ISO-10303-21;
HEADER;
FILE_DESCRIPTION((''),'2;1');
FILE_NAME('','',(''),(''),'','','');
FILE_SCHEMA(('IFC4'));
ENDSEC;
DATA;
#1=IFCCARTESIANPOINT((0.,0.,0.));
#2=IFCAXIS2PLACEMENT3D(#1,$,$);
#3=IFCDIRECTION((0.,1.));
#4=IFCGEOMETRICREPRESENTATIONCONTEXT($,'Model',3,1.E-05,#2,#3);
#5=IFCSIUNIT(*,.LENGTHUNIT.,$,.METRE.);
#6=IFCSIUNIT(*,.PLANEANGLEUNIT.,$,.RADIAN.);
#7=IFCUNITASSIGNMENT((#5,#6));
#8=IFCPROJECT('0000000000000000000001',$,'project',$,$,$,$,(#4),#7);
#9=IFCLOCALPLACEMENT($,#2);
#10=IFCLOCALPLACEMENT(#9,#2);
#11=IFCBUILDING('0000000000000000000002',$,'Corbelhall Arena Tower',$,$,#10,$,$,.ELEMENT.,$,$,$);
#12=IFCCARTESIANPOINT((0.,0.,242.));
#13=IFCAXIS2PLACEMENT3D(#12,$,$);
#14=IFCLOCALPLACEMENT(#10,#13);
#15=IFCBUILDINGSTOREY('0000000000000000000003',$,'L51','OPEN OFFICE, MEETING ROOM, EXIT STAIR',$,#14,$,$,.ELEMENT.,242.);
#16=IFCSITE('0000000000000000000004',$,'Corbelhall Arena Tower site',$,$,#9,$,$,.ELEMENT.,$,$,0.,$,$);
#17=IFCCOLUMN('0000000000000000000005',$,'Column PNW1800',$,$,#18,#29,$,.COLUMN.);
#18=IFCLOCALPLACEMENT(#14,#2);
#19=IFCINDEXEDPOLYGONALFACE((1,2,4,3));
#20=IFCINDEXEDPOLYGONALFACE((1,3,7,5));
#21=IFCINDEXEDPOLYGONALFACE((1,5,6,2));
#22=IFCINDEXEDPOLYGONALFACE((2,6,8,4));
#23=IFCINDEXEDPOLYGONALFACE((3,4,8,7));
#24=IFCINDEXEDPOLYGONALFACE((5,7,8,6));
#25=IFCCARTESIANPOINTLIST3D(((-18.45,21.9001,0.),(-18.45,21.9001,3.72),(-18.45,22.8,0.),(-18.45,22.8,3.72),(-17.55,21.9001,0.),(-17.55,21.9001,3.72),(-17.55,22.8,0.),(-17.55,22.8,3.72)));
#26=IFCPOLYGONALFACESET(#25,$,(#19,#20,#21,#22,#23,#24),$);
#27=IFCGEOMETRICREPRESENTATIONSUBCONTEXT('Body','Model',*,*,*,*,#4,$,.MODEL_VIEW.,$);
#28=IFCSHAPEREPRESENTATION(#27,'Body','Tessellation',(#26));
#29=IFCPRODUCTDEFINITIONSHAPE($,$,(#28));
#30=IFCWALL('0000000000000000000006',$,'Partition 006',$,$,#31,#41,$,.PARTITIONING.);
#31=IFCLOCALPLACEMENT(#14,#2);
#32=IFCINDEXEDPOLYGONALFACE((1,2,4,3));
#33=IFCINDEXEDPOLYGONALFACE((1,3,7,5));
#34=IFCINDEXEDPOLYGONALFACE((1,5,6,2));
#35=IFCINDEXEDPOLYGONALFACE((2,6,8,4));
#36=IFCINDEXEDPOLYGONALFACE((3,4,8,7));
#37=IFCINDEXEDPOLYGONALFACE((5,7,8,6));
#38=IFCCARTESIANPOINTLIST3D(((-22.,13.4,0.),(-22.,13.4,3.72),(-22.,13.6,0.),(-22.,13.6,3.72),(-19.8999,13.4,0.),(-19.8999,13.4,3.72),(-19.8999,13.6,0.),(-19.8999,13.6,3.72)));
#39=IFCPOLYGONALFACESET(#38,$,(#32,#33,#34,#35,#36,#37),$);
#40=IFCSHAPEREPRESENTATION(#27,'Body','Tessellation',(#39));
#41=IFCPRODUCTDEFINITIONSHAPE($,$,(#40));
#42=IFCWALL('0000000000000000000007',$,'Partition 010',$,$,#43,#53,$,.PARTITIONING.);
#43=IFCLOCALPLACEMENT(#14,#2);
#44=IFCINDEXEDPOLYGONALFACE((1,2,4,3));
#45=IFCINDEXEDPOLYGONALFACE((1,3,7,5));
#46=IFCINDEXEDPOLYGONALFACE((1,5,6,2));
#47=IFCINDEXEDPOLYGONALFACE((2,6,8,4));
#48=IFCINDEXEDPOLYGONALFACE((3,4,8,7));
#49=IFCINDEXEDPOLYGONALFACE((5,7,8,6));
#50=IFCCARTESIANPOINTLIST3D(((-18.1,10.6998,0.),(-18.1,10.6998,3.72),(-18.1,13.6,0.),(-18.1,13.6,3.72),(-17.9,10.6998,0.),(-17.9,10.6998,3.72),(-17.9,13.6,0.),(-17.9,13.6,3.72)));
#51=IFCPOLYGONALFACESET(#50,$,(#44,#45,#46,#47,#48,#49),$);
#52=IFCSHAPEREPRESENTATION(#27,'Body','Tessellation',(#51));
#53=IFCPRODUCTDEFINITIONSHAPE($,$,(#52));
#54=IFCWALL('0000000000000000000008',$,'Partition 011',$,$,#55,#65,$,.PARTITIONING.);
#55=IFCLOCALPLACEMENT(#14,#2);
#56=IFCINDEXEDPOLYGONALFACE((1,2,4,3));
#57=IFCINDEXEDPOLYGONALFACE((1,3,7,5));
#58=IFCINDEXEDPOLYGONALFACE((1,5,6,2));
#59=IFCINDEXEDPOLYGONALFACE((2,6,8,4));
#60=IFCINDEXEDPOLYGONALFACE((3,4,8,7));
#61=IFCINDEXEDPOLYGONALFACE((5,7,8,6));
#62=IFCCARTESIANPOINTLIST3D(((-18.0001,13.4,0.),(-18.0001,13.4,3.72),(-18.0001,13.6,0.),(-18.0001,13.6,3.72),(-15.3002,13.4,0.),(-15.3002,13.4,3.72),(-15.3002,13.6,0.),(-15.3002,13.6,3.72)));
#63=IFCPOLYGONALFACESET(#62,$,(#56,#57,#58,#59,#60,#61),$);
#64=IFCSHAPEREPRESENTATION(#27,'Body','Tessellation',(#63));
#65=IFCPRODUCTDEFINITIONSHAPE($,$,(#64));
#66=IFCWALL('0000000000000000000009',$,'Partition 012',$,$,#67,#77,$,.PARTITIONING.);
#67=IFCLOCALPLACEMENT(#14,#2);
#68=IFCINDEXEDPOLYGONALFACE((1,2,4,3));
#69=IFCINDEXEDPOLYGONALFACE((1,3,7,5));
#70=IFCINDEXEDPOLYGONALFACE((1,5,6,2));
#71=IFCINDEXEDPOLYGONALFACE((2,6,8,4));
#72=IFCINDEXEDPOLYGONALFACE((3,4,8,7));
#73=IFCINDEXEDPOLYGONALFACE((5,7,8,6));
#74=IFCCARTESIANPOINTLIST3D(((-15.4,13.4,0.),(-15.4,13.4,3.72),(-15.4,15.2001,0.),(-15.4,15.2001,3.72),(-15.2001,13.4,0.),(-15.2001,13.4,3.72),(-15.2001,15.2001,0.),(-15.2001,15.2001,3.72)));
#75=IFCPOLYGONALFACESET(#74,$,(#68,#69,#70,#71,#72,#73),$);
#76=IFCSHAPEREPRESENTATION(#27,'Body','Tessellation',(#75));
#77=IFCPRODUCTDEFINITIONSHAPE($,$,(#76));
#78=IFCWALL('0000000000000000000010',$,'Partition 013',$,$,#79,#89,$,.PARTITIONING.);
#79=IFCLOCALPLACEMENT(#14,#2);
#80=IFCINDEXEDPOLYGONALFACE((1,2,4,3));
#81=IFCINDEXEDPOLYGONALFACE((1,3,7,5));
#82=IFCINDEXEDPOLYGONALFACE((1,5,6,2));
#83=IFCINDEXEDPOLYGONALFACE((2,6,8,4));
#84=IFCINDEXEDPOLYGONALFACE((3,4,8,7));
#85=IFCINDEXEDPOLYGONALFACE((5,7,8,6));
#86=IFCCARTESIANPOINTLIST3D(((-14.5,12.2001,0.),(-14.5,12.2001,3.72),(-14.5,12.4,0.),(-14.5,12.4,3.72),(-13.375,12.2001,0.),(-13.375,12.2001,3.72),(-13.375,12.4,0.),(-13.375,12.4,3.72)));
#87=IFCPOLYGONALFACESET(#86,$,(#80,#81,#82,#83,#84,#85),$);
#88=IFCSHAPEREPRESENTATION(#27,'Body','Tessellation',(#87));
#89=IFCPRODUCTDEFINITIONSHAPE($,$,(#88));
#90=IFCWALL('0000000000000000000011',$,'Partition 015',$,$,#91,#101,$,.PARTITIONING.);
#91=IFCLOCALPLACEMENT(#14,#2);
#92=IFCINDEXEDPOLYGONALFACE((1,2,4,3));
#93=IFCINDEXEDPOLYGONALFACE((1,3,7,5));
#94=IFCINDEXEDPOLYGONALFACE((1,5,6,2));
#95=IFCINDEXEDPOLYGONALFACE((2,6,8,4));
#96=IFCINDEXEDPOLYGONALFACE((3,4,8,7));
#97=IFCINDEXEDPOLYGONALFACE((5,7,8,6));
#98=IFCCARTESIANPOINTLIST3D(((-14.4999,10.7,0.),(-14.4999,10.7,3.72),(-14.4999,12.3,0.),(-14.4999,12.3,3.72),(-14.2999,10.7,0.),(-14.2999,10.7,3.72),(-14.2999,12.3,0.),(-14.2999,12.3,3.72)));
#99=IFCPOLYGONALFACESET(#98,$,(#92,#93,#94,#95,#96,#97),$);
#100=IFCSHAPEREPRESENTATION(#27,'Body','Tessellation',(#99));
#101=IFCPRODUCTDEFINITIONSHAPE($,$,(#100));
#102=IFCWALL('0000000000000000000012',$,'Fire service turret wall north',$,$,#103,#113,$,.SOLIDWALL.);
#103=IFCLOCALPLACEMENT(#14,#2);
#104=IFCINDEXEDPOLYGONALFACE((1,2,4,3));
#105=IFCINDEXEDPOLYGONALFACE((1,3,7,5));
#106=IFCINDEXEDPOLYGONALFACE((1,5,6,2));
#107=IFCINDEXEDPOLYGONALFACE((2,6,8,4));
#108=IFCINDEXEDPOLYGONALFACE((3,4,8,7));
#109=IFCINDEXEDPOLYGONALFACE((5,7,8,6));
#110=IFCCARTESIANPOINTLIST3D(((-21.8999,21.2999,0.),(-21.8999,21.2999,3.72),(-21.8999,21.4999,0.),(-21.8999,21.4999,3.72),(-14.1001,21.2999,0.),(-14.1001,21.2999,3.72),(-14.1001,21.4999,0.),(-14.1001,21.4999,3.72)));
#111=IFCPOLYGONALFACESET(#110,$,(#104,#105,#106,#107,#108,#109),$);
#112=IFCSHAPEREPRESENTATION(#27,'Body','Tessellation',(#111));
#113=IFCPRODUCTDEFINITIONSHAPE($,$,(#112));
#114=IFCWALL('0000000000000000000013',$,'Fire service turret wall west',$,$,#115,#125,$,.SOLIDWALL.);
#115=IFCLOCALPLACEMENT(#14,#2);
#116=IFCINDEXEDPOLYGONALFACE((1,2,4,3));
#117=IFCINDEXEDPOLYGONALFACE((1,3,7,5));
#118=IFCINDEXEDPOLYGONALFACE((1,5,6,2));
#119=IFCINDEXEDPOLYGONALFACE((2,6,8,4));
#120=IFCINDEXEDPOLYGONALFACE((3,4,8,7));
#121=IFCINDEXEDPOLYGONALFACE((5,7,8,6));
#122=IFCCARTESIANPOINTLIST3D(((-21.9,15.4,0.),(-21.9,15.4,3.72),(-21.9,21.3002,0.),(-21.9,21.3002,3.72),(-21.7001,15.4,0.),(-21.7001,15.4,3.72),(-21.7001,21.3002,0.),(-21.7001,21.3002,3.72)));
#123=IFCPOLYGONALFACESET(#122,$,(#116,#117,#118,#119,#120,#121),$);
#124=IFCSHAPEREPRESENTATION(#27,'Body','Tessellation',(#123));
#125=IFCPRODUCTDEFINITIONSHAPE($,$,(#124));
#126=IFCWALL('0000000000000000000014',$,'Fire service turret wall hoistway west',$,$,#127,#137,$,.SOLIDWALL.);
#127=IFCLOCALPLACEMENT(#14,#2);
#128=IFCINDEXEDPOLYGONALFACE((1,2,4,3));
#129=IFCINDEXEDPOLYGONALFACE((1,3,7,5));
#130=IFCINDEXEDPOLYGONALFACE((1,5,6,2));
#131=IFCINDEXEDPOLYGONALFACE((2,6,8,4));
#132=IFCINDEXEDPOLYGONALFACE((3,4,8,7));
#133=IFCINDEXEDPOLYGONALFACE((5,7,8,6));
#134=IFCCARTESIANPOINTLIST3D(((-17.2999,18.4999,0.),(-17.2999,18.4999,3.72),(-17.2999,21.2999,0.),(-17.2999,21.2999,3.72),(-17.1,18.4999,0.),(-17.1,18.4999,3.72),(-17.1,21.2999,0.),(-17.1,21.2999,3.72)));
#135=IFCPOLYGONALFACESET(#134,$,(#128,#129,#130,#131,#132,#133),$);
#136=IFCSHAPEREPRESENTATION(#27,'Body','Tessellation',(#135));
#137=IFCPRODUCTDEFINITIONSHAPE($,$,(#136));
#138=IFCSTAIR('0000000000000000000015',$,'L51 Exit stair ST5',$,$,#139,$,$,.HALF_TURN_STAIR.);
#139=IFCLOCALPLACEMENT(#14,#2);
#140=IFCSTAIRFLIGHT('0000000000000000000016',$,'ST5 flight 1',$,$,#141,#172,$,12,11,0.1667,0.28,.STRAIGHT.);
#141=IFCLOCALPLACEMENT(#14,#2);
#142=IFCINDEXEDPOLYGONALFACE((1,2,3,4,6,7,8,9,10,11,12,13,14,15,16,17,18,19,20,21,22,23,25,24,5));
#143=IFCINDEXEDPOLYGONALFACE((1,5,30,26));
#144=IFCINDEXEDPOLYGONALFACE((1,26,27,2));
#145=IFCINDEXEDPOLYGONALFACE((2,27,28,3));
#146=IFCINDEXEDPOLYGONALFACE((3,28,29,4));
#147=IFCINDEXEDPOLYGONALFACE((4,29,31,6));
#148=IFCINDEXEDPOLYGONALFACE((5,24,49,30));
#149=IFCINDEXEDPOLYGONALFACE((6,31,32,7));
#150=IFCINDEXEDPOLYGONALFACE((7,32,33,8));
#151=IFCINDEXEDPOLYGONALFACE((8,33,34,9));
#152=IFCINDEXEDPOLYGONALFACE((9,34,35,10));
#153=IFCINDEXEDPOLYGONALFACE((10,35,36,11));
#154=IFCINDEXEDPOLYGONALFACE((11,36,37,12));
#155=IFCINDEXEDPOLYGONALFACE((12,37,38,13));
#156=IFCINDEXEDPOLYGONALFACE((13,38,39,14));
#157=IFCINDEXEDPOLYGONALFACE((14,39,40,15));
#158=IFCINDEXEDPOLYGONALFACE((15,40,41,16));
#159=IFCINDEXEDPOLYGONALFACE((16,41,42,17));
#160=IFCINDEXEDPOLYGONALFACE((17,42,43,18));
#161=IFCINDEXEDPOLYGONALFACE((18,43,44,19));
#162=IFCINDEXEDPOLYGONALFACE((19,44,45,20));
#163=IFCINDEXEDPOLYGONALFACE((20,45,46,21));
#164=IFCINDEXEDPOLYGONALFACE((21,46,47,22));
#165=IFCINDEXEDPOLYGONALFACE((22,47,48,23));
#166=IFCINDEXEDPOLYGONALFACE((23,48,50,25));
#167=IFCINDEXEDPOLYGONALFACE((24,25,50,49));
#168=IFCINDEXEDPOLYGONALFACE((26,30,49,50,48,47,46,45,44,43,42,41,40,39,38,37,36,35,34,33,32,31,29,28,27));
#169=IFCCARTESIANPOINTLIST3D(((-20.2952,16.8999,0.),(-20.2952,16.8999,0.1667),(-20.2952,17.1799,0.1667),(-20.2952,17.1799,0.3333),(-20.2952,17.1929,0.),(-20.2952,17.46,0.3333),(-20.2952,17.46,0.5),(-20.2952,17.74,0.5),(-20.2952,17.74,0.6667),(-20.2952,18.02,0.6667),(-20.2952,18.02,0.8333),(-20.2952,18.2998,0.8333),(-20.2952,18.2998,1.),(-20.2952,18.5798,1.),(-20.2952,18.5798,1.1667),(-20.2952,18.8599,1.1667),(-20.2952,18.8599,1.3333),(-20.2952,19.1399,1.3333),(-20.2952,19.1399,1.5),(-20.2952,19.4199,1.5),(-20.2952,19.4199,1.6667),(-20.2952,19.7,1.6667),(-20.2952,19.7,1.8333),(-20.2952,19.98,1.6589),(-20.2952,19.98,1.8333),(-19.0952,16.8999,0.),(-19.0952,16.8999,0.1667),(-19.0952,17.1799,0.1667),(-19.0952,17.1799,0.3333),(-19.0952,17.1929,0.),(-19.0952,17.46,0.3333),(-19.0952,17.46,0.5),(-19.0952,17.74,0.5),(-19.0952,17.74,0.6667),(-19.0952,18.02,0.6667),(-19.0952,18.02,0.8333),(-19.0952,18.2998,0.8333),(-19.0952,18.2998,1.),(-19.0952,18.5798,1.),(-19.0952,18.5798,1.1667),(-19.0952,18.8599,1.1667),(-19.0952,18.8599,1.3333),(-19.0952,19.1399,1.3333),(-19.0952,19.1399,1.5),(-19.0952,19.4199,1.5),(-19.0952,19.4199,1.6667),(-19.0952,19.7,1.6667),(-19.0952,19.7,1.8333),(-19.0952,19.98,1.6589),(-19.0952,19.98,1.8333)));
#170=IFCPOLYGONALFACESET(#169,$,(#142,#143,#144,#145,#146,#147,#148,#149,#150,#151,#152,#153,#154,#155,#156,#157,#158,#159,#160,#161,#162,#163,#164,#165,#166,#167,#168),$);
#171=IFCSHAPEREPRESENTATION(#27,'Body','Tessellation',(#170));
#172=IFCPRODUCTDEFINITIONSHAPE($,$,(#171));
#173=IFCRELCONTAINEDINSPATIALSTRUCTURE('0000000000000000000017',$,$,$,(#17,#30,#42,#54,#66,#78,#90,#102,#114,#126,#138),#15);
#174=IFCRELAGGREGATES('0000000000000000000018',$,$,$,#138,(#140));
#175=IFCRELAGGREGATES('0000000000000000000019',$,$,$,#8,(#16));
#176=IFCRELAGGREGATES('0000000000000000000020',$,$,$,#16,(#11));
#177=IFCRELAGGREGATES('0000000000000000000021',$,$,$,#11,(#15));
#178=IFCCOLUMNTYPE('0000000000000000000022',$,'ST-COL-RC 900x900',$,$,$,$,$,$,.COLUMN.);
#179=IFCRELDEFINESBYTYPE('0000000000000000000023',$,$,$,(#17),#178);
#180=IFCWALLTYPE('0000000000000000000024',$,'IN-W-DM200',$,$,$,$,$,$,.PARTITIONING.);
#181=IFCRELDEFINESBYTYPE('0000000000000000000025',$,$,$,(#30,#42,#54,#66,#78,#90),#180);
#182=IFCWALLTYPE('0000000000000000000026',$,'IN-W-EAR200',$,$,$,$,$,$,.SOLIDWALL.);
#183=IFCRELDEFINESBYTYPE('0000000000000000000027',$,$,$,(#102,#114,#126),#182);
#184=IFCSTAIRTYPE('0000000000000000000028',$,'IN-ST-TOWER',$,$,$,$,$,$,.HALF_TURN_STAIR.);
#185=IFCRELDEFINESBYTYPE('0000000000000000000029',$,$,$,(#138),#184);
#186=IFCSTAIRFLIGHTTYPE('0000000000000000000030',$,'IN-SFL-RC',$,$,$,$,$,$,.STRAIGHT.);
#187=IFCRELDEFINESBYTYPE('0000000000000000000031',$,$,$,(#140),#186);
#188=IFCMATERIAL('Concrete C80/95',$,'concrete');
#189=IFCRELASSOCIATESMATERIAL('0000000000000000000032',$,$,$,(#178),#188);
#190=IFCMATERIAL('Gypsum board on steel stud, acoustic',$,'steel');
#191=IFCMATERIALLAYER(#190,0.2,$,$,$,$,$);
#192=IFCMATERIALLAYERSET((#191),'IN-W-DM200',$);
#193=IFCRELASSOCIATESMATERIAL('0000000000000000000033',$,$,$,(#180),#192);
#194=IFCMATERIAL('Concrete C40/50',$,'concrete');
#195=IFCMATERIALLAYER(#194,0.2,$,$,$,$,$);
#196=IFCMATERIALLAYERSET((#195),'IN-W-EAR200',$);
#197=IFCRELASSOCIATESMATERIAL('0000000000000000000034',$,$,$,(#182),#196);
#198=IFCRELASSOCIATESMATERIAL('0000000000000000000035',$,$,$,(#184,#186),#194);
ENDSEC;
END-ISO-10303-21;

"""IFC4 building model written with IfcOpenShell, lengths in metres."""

from ifc_helpers import new_model, si_unit, direction, frame, frame_2d, origin, origin_2d, place, context, subcontext, project, spatial, polyline, rectangle, outline, extrude, material, layer, layer_set, material_profile, profile_set, type_object, element, aggregate, save


model = new_model("IFC4")

# Units and contexts
model_context = context("Model", 3, precision=1e-05, world=origin(), true_north=direction((0.0, 1.0)))
body_context = subcontext(model_context, "Body", "Model", "MODEL_VIEW")
ifc_project = project(units=[si_unit("LENGTHUNIT", "METRE"), si_unit("PLANEANGLEUNIT", "RADIAN")], contexts=[model_context])

# Site, building, storey
site_placement = place(None, origin())
site = spatial("IfcSite", under=ifc_project, at=site_placement, Name="Corbelhall Arena Tower site", CompositionType="ELEMENT", RefElevation=0.0)
building_placement = place(site_placement, origin())
building = spatial("IfcBuilding", under=site, at=building_placement, Name="Corbelhall Arena Tower", CompositionType="ELEMENT")
storey_placement = place(building_placement, frame((0.0, 0.0, 242.0)))
storey = spatial("IfcBuildingStorey", under=building, at=storey_placement, Name="L51", Description="OPEN OFFICE, MEETING ROOM, EXIT STAIR", CompositionType="ELEMENT", Elevation=242.0)

# Column
ifc_material_1 = material(Name="Concrete C80/95", Category="concrete")
ifc_material_profile = material_profile(ifc_material_1, rectangle(XDim=0.8999, YDim=0.8999, at=origin_2d()))
ifc_profile_set = profile_set([ifc_material_profile], Name="Concrete C80/95")
column_type = type_object("IfcColumnType", Name="ST-COL-RC 900x900", PredefinedType="COLUMN", material=ifc_profile_set)
column_placement = place(storey_placement, frame((-18.0, 22.3501, 0.0), z_axis=(0.0, 0.0, 1.0), x_axis=(1.0, 0.0, 0.0)))
element("IfcColumn", 1, at=column_placement, inside=storey, type_object=column_type, Name="Column PNW1800", PredefinedType="COLUMN", context=body_context, shape_type="SweptSolid", body=[
    extrude(rectangle(XDim=0.8999, YDim=0.8999, at=origin_2d()), origin(), (0.0, 0.0, 1.0), 3.72),
])

# Wall
ifc_material_2 = material(Name="Gypsum board on steel stud, acoustic", Category="steel")
ifc_layer_1 = layer(ifc_material_2, 0.2)
ifc_layer_set_1 = layer_set([ifc_layer_1], Name="IN-W-DM200")
wall_type_1 = type_object("IfcWallType", Name="IN-W-DM200", PredefinedType="PARTITIONING", material=ifc_layer_set_1)
wall_1_placement = place(storey_placement, frame((-19.8999, 13.5, 0.0), z_axis=(0.0, 0.0, 1.0), x_axis=(-1.0, 0.0, 0.0)))
element("IfcWall", 2, at=wall_1_placement, inside=storey, type_object=wall_type_1, Name="Partition 006", PredefinedType="PARTITIONING", context=body_context, shape_type="SweptSolid", body=[
    extrude(rectangle(XDim=2.1001, YDim=0.2, at=frame_2d((1.05, 0.0))), origin(), (0.0, 0.0, 1.0), 3.72),
])

# Walls
wall_2_placement = place(storey_placement, frame((-18.0, 13.6001, 0.0), z_axis=(0.0, 0.0, 1.0), x_axis=(0.0, -1.0, 0.0)))
element("IfcWall", 3, at=wall_2_placement, inside=storey, type_object=wall_type_1, Name="Partition 010", PredefinedType="PARTITIONING", context=body_context, shape_type="SweptSolid", body=[
    extrude(rectangle(XDim=2.9001, YDim=0.2, at=frame_2d((1.4502, 0.0))), origin(), (0.0, 0.0, 1.0), 3.72),
])
wall_3_placement = place(storey_placement, frame((-15.3, 13.5, 0.0), z_axis=(0.0, 0.0, 1.0), x_axis=(-1.0, 0.0, 0.0)))
element("IfcWall", 4, at=wall_3_placement, inside=storey, type_object=wall_type_1, Name="Partition 011", PredefinedType="PARTITIONING", context=body_context, shape_type="SweptSolid", body=[
    extrude(rectangle(XDim=2.7, YDim=0.2, at=frame_2d((1.3501, 0.0))), origin(), (0.0, 0.0, 1.0), 3.72),
])
wall_4_placement = place(storey_placement, frame((-15.3, 15.2, 0.0), z_axis=(0.0, 0.0, 1.0), x_axis=(0.0, -1.0, 0.0)))
element("IfcWall", 5, at=wall_4_placement, inside=storey, type_object=wall_type_1, Name="Partition 012", PredefinedType="PARTITIONING", context=body_context, shape_type="SweptSolid", body=[
    extrude(rectangle(XDim=1.8, YDim=0.2, at=frame_2d((0.8999, 0.0))), origin(), (0.0, 0.0, 1.0), 3.72),
])
wall_5_placement = place(storey_placement, frame((-14.5, 12.3, 0.0), z_axis=(0.0, 0.0, 1.0), x_axis=(1.0, 0.0, 0.0)))
element("IfcWall", 6, at=wall_5_placement, inside=storey, type_object=wall_type_1, Name="Partition 013", PredefinedType="PARTITIONING", context=body_context, shape_type="SweptSolid", body=[
    extrude(rectangle(XDim=1.125, YDim=0.2, at=frame_2d((0.5625, 0.0))), origin(), (0.0, 0.0, 1.0), 3.72),
])
wall_6_placement = place(storey_placement, frame((-14.3999, 10.7, 0.0), z_axis=(0.0, 0.0, 1.0), x_axis=(0.0, 1.0, 0.0)))
element("IfcWall", 7, at=wall_6_placement, inside=storey, type_object=wall_type_1, Name="Partition 015", PredefinedType="PARTITIONING", context=body_context, shape_type="SweptSolid", body=[
    extrude(rectangle(XDim=1.6001, YDim=0.2, at=frame_2d((0.8, 0.0))), origin(), (0.0, 0.0, 1.0), 3.72),
])
ifc_material_3 = material(Name="Concrete C40/50", Category="concrete")
ifc_layer_2 = layer(ifc_material_3, 0.2)
ifc_layer_set_2 = layer_set([ifc_layer_2], Name="IN-W-EAR200")
wall_type_2 = type_object("IfcWallType", Name="IN-W-EAR200", PredefinedType="SOLIDWALL", material=ifc_layer_set_2)
wall_7_placement = place(storey_placement, frame((-21.8999, 21.3999, 0.0), z_axis=(0.0, 0.0, 1.0), x_axis=(1.0, 0.0, 0.0)))
element("IfcWall", 8, at=wall_7_placement, inside=storey, type_object=wall_type_2, Name="Fire service turret wall north", PredefinedType="SOLIDWALL", context=body_context, shape_type="SweptSolid", body=[
    extrude(rectangle(XDim=7.7998, YDim=0.2, at=frame_2d((3.8999, 0.0))), origin(), (0.0, 0.0, 1.0), 3.72),
])
wall_8_placement = place(storey_placement, frame((-21.8, 15.3999, 0.0), z_axis=(0.0, 0.0, 1.0), x_axis=(0.0, 1.0, 0.0)))
element("IfcWall", 9, at=wall_8_placement, inside=storey, type_object=wall_type_2, Name="Fire service turret wall west", PredefinedType="SOLIDWALL", context=body_context, shape_type="SweptSolid", body=[
    extrude(rectangle(XDim=5.9001, YDim=0.2, at=frame_2d((2.9502, 0.0))), origin(), (0.0, 0.0, 1.0), 3.72),
])

# Wall
wall_9_placement = place(storey_placement, frame((-17.2, 18.5, 0.0), z_axis=(0.0, 0.0, 1.0), x_axis=(0.0, 1.0, 0.0)))
element("IfcWall", 10, at=wall_9_placement, inside=storey, type_object=wall_type_2, Name="Fire service turret wall hoistway west", PredefinedType="SOLIDWALL", context=body_context, shape_type="SweptSolid", body=[
    extrude(rectangle(XDim=2.8, YDim=0.2, at=frame_2d((1.3999, 0.0))), origin(), (0.0, 0.0, 1.0), 3.72),
])

# Stair, stair flight
stair_type = type_object("IfcStairType", Name="IN-ST-TOWER", PredefinedType="HALF_TURN_STAIR", material=ifc_material_3)
stair_placement = place(storey_placement, origin())
stair = element("IfcStair", 11, at=stair_placement, inside=storey, type_object=stair_type, Name="L51 Exit stair ST5", PredefinedType="HALF_TURN_STAIR")
stair_flight_type = type_object("IfcStairFlightType", Name="IN-SFL-RC", PredefinedType="STRAIGHT", material=ifc_material_3)
stair_flight_1_placement = place(storey_placement, frame((-19.6951, 16.8999, 0.0), z_axis=(0.0, 0.0, 1.0), x_axis=(0.0, 1.0, 0.0)))
stair_flight_1 = element("IfcStairFlight", 12, at=stair_flight_1_placement, type_object=stair_flight_type, Name="ST5 flight 1", NumberOfRisers=12, NumberOfTreads=11, PredefinedType="STRAIGHT", RiserHeight=0.1667, TreadLength=0.28, context=body_context, shape_type="SweptSolid", body=[
    extrude(outline(polyline([(0.0, 0.0), (0.0, 0.1667), (0.28, 0.1667), (0.28, 0.3333), (0.5601, 0.3333), (0.5601, 0.5), (0.8401, 0.5), (0.8401, 0.6667), (1.1201, 0.6667), (1.1201, 0.8333), (1.3999, 0.8333), (1.3999, 1.0), (1.6799, 1.0), (1.6799, 1.1667), (1.96, 1.1667), (1.96, 1.3333), (2.24, 1.3333), (2.24, 1.5), (2.52, 1.5), (2.52, 1.6667), (2.8, 1.6667), (2.8, 1.8333), (3.0801, 1.8333), (3.0801, 2.0), (3.0801, 1.6589), (0.293, 0.0), (0.0, 0.0)])), frame((0.0, 0.6001, 0.0), z_axis=(0.0, -1.0, 0.0), x_axis=(1.0, 0.0, 0.0)), (0.0, 0.0, 1.0), 1.2),
])
aggregate(stair, [stair_flight_1])

save(model, "model.ifc")
